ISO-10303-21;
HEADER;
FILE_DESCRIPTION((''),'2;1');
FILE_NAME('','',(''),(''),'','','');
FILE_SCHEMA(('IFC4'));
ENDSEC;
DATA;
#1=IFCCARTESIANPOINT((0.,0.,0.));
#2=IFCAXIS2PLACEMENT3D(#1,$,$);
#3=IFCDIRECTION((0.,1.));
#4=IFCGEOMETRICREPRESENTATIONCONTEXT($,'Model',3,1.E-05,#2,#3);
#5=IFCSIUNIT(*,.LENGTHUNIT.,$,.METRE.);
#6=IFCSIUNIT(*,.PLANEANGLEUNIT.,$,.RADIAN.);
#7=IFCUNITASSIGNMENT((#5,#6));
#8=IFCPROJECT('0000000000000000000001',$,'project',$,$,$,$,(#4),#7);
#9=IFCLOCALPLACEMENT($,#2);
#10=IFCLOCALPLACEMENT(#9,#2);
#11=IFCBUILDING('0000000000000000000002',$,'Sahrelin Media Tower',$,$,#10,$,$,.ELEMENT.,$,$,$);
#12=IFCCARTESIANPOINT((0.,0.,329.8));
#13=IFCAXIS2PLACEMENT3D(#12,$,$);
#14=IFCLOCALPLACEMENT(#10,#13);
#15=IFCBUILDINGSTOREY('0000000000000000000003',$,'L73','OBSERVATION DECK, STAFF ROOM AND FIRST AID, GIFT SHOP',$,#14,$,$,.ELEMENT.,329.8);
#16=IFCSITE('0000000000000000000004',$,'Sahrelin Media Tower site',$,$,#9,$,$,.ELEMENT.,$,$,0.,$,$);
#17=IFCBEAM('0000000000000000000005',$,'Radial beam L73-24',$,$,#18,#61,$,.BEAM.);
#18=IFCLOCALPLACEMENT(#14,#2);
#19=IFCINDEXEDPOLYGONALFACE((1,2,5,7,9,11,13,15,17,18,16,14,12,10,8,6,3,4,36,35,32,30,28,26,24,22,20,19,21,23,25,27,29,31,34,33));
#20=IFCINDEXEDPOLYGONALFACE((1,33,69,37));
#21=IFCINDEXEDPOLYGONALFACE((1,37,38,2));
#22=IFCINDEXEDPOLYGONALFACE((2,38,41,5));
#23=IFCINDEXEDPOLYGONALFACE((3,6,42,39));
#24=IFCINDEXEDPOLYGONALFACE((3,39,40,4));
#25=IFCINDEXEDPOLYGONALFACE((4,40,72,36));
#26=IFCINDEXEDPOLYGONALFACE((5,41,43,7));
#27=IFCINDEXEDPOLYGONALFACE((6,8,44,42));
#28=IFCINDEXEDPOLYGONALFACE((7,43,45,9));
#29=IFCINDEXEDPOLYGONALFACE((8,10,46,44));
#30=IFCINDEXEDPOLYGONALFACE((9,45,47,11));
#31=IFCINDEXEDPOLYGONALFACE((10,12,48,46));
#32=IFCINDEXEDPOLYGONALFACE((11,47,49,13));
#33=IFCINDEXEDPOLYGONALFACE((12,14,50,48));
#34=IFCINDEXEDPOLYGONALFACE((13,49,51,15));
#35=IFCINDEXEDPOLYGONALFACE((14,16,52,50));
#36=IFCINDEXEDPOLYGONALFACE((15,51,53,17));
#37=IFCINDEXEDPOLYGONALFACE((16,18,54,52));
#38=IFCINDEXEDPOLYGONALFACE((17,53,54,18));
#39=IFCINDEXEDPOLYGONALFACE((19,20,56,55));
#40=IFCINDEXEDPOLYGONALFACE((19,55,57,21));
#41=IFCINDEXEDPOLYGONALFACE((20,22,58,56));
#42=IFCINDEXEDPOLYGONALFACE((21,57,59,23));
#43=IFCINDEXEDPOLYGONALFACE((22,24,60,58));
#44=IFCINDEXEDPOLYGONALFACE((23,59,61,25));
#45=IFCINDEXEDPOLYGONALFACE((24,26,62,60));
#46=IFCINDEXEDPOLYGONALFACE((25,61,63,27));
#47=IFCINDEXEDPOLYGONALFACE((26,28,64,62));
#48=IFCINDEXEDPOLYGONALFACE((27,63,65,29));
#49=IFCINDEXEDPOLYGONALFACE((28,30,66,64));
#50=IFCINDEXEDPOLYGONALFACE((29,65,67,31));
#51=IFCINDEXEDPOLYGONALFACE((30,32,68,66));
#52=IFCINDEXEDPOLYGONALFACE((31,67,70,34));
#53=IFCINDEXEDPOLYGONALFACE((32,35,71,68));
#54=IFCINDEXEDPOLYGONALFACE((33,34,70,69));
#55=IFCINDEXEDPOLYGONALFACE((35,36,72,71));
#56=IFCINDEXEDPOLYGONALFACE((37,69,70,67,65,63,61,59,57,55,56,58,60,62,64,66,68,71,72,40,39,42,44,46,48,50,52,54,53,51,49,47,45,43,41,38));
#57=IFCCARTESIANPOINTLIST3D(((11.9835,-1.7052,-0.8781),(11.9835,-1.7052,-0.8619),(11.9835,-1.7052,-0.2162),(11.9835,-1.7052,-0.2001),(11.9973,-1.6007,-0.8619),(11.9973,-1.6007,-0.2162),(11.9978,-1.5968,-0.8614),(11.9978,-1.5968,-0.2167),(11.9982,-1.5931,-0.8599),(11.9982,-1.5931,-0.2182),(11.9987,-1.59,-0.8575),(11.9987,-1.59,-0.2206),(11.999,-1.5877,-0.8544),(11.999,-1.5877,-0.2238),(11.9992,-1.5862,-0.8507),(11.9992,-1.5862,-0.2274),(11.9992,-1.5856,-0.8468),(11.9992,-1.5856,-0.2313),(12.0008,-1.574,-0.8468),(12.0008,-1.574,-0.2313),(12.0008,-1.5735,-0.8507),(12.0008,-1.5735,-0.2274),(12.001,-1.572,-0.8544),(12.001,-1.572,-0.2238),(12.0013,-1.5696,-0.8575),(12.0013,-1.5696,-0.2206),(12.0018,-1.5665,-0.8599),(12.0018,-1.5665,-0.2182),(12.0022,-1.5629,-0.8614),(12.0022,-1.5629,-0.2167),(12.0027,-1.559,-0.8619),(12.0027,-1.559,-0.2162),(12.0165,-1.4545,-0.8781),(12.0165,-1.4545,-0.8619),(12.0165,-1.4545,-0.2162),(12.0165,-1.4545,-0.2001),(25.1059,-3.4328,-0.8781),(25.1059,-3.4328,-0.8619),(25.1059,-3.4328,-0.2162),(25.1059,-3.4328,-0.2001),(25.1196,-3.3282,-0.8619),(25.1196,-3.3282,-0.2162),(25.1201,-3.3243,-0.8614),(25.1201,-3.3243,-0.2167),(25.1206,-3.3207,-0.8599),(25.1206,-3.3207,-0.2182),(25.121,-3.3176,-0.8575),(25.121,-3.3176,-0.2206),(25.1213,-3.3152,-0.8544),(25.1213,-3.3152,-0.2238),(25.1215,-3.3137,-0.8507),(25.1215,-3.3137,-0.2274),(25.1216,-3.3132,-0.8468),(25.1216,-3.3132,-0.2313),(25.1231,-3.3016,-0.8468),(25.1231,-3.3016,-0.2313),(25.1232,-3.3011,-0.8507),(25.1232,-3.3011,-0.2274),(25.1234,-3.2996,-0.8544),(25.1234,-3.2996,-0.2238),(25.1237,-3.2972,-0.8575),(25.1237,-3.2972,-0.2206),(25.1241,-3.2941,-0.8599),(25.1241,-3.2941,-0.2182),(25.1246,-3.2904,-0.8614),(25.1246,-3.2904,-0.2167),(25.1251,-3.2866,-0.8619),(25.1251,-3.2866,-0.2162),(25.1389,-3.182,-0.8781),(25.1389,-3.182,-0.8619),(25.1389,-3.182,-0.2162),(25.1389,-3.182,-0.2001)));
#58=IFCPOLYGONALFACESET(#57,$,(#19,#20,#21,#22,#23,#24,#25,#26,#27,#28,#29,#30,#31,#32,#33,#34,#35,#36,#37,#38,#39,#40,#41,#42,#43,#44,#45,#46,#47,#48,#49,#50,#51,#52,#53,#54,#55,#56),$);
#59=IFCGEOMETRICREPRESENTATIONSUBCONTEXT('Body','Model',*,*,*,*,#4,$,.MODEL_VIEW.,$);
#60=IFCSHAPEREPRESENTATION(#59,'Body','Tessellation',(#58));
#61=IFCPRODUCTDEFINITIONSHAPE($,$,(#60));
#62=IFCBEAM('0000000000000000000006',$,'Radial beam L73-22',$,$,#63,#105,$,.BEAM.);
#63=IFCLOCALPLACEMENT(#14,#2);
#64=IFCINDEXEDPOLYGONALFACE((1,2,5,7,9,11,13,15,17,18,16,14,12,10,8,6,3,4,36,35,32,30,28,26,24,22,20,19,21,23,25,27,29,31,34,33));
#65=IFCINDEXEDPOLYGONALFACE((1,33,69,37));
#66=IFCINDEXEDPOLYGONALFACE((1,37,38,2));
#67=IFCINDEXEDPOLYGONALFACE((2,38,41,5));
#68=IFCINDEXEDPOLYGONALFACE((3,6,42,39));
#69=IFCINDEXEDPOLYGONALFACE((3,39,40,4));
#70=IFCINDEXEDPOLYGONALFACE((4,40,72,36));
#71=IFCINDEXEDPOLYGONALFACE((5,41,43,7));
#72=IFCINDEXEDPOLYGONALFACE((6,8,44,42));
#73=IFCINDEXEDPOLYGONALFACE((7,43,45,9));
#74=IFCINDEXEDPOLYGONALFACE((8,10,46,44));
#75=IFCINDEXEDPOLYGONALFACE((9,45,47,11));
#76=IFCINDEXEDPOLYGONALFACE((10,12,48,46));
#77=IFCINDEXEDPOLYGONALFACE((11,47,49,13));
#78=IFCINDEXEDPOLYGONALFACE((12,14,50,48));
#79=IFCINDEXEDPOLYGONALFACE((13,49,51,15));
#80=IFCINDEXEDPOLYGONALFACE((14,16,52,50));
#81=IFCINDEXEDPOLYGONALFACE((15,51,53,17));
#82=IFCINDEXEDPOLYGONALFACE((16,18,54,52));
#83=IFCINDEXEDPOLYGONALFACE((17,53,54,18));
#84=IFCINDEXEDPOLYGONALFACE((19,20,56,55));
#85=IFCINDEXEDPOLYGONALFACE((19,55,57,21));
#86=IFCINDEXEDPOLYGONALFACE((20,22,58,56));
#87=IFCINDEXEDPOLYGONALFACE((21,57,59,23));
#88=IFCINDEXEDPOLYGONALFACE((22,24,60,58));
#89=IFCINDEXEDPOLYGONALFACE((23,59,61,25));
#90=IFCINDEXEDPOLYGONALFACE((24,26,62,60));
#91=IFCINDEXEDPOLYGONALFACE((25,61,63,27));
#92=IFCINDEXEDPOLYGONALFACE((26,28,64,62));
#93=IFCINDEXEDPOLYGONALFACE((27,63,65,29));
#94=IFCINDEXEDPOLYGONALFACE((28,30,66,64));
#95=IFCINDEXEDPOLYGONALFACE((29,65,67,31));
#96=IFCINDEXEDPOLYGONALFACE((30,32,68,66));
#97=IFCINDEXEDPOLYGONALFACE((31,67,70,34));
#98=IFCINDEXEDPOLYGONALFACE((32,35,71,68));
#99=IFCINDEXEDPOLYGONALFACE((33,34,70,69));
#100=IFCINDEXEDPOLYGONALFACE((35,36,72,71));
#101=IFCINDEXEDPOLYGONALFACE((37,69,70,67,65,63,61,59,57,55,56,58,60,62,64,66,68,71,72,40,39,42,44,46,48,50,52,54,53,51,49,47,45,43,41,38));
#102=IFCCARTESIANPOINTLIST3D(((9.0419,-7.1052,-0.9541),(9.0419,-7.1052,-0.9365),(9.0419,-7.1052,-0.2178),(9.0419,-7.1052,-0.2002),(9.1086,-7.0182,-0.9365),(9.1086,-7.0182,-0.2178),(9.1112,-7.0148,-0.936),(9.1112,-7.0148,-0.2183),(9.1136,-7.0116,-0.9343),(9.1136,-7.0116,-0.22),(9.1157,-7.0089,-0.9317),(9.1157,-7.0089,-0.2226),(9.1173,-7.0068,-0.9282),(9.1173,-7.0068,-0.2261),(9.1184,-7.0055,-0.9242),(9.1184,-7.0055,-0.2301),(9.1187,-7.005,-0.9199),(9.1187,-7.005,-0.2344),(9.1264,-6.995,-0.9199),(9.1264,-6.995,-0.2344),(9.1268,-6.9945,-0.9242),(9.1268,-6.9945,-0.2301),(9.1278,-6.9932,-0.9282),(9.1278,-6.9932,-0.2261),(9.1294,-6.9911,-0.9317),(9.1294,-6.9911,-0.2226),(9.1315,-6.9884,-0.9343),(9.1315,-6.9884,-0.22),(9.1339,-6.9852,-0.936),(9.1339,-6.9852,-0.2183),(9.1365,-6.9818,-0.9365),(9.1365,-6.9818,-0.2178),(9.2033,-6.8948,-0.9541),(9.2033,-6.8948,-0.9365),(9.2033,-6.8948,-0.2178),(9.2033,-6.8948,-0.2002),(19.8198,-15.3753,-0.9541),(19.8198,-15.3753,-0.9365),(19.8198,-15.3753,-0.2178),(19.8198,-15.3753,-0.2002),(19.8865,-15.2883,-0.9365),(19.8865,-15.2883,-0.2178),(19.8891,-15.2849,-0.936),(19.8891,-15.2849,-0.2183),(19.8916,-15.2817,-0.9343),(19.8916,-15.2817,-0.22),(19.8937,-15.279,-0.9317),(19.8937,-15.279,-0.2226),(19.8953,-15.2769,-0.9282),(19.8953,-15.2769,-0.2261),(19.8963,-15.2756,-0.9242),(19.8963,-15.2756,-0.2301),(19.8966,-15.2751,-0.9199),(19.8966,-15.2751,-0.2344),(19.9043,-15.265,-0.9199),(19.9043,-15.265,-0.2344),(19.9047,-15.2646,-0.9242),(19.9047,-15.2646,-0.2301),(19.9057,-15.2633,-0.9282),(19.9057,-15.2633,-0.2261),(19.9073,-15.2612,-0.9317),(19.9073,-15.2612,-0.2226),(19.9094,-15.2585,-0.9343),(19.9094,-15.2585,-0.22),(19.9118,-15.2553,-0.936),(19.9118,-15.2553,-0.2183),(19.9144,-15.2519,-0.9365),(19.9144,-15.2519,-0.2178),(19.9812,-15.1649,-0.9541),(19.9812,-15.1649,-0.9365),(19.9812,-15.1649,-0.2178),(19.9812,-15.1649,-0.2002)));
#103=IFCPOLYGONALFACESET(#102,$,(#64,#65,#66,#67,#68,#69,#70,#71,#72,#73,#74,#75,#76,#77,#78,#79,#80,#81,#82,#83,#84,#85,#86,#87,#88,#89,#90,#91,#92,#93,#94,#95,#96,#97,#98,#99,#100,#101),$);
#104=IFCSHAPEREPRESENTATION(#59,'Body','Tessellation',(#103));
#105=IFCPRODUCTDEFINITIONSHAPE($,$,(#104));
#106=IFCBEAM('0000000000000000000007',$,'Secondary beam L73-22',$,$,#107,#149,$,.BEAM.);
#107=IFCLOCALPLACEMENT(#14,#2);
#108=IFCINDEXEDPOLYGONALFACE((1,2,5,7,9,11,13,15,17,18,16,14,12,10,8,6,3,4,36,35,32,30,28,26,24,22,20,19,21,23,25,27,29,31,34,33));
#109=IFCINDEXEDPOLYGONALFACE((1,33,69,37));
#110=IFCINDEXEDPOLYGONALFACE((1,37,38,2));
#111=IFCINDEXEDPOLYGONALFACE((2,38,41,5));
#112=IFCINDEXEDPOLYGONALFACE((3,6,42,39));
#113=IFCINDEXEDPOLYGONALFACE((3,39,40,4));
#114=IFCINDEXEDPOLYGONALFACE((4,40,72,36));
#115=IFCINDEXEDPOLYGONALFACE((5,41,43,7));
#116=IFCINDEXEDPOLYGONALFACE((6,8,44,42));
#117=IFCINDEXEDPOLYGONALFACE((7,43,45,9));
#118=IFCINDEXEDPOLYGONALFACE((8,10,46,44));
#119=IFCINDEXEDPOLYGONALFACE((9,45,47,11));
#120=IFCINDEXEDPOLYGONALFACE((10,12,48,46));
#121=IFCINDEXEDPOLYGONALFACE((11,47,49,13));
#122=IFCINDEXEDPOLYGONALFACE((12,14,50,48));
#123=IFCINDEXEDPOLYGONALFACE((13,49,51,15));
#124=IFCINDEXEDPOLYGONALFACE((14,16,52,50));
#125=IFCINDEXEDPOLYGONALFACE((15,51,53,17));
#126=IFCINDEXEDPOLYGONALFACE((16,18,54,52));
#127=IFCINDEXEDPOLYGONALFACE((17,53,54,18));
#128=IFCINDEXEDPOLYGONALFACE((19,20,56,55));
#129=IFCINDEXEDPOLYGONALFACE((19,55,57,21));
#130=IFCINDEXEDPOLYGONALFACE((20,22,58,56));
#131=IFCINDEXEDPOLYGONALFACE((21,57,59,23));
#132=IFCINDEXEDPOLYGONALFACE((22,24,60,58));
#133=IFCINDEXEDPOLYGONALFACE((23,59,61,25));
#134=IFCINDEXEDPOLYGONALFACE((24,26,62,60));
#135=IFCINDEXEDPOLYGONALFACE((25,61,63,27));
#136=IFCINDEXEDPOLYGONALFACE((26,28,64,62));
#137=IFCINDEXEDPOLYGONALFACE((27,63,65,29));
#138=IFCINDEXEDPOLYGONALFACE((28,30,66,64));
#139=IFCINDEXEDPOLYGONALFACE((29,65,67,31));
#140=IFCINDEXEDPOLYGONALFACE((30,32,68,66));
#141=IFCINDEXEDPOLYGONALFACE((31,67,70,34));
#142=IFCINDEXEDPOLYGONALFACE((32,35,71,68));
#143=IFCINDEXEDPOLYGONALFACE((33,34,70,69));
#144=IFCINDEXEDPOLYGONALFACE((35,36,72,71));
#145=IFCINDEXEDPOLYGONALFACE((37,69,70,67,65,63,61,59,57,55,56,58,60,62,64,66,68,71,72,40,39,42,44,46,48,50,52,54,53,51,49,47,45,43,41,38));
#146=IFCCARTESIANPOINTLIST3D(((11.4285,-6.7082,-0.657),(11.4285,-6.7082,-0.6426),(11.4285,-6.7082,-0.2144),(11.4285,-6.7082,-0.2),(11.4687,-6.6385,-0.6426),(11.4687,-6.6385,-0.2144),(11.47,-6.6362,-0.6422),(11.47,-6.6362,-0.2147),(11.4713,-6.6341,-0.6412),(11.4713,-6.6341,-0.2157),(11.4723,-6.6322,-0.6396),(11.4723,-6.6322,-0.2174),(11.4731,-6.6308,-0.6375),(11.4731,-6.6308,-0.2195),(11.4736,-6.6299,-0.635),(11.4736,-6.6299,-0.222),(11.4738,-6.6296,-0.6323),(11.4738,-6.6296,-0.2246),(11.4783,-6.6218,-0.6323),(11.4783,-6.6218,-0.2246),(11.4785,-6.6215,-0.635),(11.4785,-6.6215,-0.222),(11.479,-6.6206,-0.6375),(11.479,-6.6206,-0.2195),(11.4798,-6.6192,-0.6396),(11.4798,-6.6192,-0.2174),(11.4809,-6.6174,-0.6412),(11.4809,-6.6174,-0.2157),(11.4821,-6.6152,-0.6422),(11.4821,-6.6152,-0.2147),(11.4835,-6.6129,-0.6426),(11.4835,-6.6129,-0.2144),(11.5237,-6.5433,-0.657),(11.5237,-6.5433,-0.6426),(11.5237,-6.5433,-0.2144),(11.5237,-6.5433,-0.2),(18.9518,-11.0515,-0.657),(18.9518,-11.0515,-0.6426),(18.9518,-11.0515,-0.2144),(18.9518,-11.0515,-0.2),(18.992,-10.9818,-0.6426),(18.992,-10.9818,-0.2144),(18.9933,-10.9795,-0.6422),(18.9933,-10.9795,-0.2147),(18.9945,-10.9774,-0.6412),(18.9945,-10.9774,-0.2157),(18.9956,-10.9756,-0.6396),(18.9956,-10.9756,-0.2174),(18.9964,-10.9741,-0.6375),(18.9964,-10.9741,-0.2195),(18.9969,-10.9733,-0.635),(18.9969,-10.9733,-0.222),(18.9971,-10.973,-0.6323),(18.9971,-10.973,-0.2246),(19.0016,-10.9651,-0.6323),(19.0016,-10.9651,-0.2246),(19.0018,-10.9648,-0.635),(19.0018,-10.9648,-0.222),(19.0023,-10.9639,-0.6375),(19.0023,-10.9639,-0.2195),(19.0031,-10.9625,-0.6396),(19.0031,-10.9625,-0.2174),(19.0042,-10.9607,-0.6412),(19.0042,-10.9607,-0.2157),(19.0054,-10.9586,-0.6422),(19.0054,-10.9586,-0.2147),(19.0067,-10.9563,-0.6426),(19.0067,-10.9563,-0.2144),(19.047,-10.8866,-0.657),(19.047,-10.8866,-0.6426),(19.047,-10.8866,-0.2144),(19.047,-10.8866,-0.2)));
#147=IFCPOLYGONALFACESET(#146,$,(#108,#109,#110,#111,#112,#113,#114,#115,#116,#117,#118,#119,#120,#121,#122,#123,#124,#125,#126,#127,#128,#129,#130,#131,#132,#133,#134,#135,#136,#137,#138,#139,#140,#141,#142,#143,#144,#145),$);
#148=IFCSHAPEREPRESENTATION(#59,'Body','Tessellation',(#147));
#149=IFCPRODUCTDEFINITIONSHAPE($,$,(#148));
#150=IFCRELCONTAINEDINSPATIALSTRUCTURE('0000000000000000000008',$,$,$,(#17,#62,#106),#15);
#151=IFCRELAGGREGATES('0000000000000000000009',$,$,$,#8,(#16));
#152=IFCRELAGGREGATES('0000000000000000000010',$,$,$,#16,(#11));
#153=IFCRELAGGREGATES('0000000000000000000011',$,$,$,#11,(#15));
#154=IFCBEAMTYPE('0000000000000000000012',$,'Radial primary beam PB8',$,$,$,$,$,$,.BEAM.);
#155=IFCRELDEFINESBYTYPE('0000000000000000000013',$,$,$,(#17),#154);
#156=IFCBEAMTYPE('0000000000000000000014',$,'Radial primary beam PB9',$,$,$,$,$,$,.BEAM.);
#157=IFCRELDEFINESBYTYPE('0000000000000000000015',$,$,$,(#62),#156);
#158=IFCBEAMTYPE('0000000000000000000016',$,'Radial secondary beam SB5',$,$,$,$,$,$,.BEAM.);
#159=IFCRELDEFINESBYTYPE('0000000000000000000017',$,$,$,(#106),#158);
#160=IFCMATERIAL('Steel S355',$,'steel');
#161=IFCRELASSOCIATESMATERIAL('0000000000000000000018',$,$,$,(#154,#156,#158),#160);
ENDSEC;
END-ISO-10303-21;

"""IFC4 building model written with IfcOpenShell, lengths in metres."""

from ifc_helpers import new_model, si_unit, direction, frame, origin, origin_2d, place, context, subcontext, project, spatial, i_section, extrude, material, material_profile, profile_set, type_object, element, save


model = new_model("IFC4")

# Units and contexts
model_context = context("Model", 3, precision=1e-05, world=origin(), true_north=direction((0.0, 1.0)))
body_context = subcontext(model_context, "Body", "Model", "MODEL_VIEW")
ifc_project = project(units=[si_unit("LENGTHUNIT", "METRE"), si_unit("PLANEANGLEUNIT", "RADIAN")], contexts=[model_context])

# Site, building, storey
site_placement = place(None, origin())
site = spatial("IfcSite", under=ifc_project, at=site_placement, Name="Sahrelin Media Tower site", CompositionType="ELEMENT", RefElevation=0.0)
building_placement = place(site_placement, origin())
building = spatial("IfcBuilding", under=site, at=building_placement, Name="Sahrelin Media Tower", CompositionType="ELEMENT")
storey_placement = place(building_placement, frame((0.0, 0.0, 329.8)))
storey = spatial("IfcBuildingStorey", under=building, at=storey_placement, Name="L73", Description="OBSERVATION DECK, STAFF ROOM AND FIRST AID, GIFT SHOP", CompositionType="ELEMENT", Elevation=329.8)

# Shared definitions
ifc_material_1 = material(Name="Steel S355", Category="steel")

# Beams
ifc_material_profile_1 = material_profile(ifc_material_1, i_section(OverallWidth=0.2529, OverallDepth=0.678, WebThickness=0.0117, FlangeThickness=0.0161, FilletRadius=0.0151, at=origin_2d()), Name="UB 686x254x125")
ifc_profile_set_1 = profile_set([ifc_material_profile_1], Name="Steel S355")
beam_type_1 = type_object("IfcBeamType", Name="Radial primary beam PB8", PredefinedType="BEAM", material=ifc_profile_set_1)
beam_1_placement = place(storey_placement, frame((12.0, -1.5798, -0.5391), z_axis=(0.991445, -0.130523, 0.0), x_axis=(0.130523, 0.991445, 0.0)))
element("IfcBeam", 1, at=beam_1_placement, inside=storey, type_object=beam_type_1, Name="Radial beam L73-24", PredefinedType="BEAM", context=body_context, shape_type="SweptSolid", body=[
    extrude(i_section(OverallWidth=0.2529, OverallDepth=0.678, WebThickness=0.0117, FlangeThickness=0.0161, FilletRadius=0.0151, at=origin_2d()), origin(), (0.0, 0.0, 1.0), 13.2356),
])
ifc_material_profile_2 = material_profile(ifc_material_1, i_section(OverallWidth=0.2651, OverallDepth=0.7539, WebThickness=0.0127, FlangeThickness=0.0176, FilletRadius=0.0166, at=origin_2d()), Name="UB 762x267x147")
ifc_profile_set_2 = profile_set([ifc_material_profile_2], Name="Steel S355")
beam_type_2 = type_object("IfcBeamType", Name="Radial primary beam PB9", PredefinedType="BEAM", material=ifc_profile_set_2)
beam_2_placement = place(storey_placement, frame((9.1226, -7.0, -0.5771), z_axis=(0.793357, -0.608757, 0.0), x_axis=(0.608757, 0.793357, 0.0)))
element("IfcBeam", 2, at=beam_2_placement, inside=storey, type_object=beam_type_2, Name="Radial beam L73-22", PredefinedType="BEAM", context=body_context, shape_type="SweptSolid", body=[
    extrude(i_section(OverallWidth=0.2651, OverallDepth=0.7539, WebThickness=0.0127, FlangeThickness=0.0176, FilletRadius=0.0166, at=origin_2d()), origin(), (0.0, 0.0, 1.0), 13.5852),
])
ifc_material_profile_3 = material_profile(ifc_material_1, i_section(OverallWidth=0.1904, OverallDepth=0.457, WebThickness=0.009, FlangeThickness=0.0144, FilletRadius=0.0103, at=origin_2d()), Name="UB 457x191x74")
ifc_profile_set_3 = profile_set([ifc_material_profile_3], Name="Steel S355")
beam_type_3 = type_object("IfcBeamType", Name="Radial secondary beam SB5", PredefinedType="BEAM", material=ifc_profile_set_3)
beam_3_placement = place(storey_placement, frame((11.4761, -6.6257, -0.4285), z_axis=(0.866038, -0.499978, 0.0), x_axis=(0.499978, 0.866038, 0.0)))
element("IfcBeam", 3, at=beam_3_placement, inside=storey, type_object=beam_type_3, Name="Secondary beam L73-22", PredefinedType="BEAM", context=body_context, shape_type="SweptSolid", body=[
    extrude(i_section(OverallWidth=0.1904, OverallDepth=0.457, WebThickness=0.009, FlangeThickness=0.0144, FilletRadius=0.0103, at=origin_2d()), origin(), (0.0, 0.0, 1.0), 8.687),
])

save(model, "model.ifc")
